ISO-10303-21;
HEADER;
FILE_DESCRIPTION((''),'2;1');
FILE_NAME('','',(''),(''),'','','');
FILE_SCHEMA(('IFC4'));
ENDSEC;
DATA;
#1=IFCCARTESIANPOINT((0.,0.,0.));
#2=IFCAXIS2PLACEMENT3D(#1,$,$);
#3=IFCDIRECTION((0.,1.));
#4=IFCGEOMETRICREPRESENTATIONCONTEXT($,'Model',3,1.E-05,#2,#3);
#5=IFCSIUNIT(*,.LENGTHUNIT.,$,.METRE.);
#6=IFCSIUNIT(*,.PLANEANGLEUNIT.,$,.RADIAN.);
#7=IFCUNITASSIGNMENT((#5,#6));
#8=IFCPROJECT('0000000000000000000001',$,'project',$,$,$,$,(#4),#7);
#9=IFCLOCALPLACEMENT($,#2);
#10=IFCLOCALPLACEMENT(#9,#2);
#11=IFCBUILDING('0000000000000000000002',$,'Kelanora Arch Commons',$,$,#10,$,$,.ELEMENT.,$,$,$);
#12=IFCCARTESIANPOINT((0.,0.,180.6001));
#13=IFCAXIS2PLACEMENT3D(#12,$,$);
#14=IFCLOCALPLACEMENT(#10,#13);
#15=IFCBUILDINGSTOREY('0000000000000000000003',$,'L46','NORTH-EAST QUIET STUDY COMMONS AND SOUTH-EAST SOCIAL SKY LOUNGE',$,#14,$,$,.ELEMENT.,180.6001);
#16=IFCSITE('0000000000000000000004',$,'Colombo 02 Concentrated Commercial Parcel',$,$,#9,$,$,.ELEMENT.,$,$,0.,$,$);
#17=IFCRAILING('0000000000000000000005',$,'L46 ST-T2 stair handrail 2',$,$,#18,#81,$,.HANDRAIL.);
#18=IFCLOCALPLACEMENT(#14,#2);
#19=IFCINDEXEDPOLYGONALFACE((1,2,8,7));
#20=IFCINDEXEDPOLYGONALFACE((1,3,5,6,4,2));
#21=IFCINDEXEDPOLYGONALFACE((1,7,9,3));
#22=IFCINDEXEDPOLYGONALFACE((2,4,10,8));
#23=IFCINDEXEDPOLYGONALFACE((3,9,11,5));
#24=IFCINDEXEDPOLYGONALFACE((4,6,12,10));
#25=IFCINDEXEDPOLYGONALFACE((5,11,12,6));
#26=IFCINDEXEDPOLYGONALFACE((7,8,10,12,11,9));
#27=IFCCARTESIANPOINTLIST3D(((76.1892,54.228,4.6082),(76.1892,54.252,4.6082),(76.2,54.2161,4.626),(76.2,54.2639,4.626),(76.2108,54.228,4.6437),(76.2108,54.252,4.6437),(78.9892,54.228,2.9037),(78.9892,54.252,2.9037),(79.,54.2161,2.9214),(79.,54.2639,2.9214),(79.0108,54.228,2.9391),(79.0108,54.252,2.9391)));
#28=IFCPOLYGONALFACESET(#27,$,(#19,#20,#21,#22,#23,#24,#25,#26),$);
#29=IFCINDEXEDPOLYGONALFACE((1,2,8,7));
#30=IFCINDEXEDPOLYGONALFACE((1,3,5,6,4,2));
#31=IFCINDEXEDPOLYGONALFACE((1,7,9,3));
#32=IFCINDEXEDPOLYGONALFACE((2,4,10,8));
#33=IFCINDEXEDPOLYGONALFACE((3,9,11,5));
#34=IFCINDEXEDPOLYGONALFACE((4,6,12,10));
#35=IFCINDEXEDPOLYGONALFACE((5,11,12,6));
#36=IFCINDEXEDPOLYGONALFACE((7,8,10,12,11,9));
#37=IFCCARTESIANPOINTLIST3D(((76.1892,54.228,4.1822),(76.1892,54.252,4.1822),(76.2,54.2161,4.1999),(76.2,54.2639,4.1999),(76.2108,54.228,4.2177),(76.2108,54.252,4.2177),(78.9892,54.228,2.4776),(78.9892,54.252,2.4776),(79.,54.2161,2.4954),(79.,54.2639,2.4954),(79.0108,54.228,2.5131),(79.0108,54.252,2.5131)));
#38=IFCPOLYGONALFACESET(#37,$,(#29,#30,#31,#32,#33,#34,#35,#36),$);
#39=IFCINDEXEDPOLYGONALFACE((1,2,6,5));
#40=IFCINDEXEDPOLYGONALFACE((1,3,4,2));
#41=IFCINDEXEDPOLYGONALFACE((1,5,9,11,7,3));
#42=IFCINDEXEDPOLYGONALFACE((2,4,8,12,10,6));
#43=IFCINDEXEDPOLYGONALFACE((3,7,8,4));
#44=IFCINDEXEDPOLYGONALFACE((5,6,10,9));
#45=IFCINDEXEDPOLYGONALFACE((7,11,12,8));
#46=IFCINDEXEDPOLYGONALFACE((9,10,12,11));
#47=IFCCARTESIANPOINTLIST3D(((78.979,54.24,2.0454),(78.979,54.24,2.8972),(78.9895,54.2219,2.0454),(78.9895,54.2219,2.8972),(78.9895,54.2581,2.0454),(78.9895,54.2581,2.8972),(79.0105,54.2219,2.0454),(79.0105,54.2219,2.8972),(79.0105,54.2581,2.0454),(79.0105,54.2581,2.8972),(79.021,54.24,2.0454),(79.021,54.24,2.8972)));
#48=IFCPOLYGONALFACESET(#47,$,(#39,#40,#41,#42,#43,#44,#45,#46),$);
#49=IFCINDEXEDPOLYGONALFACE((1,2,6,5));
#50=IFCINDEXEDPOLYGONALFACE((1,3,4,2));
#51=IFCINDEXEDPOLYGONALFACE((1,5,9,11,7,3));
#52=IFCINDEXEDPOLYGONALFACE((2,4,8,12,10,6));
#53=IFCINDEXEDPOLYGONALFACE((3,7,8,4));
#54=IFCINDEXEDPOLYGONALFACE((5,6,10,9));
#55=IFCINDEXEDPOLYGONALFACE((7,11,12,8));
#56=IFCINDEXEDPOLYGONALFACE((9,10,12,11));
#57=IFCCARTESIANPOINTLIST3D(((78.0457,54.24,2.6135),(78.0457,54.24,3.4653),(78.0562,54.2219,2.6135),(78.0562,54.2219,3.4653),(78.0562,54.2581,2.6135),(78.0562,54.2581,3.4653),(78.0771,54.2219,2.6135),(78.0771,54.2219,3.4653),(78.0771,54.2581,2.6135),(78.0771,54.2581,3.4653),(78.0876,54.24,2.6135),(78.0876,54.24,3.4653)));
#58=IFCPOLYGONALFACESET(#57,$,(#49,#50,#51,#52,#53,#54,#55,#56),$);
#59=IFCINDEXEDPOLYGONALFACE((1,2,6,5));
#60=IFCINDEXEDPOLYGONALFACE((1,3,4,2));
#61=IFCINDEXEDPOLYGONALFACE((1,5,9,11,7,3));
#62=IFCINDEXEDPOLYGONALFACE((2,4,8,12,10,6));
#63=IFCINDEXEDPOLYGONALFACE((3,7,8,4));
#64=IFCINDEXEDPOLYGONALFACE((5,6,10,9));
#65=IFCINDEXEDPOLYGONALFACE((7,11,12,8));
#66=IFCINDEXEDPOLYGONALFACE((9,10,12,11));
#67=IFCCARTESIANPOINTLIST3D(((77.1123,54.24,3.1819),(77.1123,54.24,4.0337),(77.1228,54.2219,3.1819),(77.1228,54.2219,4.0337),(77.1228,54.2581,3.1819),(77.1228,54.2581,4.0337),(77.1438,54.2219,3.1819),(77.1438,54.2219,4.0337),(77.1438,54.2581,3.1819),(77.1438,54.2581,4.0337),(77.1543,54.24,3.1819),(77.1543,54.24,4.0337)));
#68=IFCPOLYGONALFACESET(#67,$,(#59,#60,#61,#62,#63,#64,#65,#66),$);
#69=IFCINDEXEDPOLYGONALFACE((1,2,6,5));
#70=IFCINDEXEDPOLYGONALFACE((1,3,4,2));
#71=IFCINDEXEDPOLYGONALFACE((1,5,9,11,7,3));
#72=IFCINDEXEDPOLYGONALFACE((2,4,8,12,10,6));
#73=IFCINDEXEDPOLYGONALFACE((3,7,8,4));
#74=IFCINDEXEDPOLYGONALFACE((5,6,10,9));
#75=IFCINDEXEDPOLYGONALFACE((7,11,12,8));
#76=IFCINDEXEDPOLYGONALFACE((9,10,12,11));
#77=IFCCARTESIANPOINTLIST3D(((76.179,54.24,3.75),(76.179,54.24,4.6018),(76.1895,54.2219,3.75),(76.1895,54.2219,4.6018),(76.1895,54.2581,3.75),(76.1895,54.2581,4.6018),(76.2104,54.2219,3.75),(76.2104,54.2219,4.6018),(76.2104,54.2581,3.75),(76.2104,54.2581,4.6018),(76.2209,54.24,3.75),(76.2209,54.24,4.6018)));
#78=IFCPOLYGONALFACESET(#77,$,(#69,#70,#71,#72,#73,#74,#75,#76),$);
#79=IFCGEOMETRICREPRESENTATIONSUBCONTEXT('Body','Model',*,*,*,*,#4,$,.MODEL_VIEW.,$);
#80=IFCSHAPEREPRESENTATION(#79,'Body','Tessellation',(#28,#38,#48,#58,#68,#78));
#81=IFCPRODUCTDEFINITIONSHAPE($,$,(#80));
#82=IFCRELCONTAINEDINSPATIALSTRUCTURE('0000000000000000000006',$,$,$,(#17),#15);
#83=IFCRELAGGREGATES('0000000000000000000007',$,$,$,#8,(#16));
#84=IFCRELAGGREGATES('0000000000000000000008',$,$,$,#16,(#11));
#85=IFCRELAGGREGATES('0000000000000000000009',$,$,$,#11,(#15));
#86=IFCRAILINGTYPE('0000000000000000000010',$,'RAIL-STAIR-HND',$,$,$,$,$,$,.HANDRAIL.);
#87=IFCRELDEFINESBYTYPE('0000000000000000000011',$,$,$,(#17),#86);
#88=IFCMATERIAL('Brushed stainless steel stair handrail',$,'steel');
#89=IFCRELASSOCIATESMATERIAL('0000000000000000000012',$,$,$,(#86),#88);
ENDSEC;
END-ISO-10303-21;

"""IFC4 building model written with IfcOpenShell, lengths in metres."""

from ifc_helpers import new_model, si_unit, direction, frame, origin, place, context, subcontext, project, spatial, polyline, outline, extrude, material, type_object, element, save


model = new_model("IFC4")

# Units and contexts
model_context = context("Model", 3, precision=1e-05, world=origin(), true_north=direction((0.0, 1.0)))
body_context = subcontext(model_context, "Body", "Model", "MODEL_VIEW")
ifc_project = project(units=[si_unit("LENGTHUNIT", "METRE"), si_unit("PLANEANGLEUNIT", "RADIAN")], contexts=[model_context])

# Site, building, storey
site_placement = place(None, origin())
site = spatial("IfcSite", under=ifc_project, at=site_placement, Name="Colombo 02 Concentrated Commercial Parcel", CompositionType="ELEMENT", RefElevation=0.0)
building_placement = place(site_placement, origin())
building = spatial("IfcBuilding", under=site, at=building_placement, Name="Kelanora Arch Commons", CompositionType="ELEMENT")
storey_placement = place(building_placement, frame((0.0, 0.0, 180.6001)))
storey = spatial("IfcBuildingStorey", under=building, at=storey_placement, Name="L46", Description="NORTH-EAST QUIET STUDY COMMONS AND SOUTH-EAST SOCIAL SKY LOUNGE", CompositionType="ELEMENT", Elevation=180.6001)

# Railing
ifc_material_1 = material(Name="Brushed stainless steel stair handrail", Category="steel")
railing_type_1 = type_object("IfcRailingType", Name="RAIL-STAIR-HND", PredefinedType="HANDRAIL", material=ifc_material_1)
railing_1_placement = place(storey_placement, frame((79.0, 54.24, 2.0454)))
element("IfcRailing", 1, at=railing_1_placement, inside=storey, type_object=railing_type_1, Name="L46 ST-T2 stair handrail 2", PredefinedType="HANDRAIL", context=body_context, shape_type="SweptSolid", body=[
    extrude(outline(polyline([(0.0239, 0.0), (0.012, 0.0208), (-0.012, 0.0208), (-0.0239, 0.0), (-0.012, -0.0208), (0.012, -0.0208), (0.0239, 0.0)])), frame((0.0, 0.0, 0.876), z_axis=(-0.85417, 0.0, 0.519994), x_axis=(0.0, -1.0, 0.0)), (0.0, 0.0, 1.0), 3.2781),
    extrude(outline(polyline([(0.0239, 0.0), (0.012, 0.0208), (-0.012, 0.0208), (-0.0239, 0.0), (-0.012, -0.0208), (0.012, -0.0208), (0.0239, 0.0)])), frame((0.0, 0.0, 0.45), z_axis=(-0.85417, 0.0, 0.519994), x_axis=(0.0, -1.0, 0.0)), (0.0, 0.0, 1.0), 3.2781),
    extrude(outline(polyline([(0.021, 0.0), (0.0105, 0.0181), (-0.0105, 0.0181), (-0.021, 0.0), (-0.0105, -0.0181), (0.0105, -0.0181), (0.021, 0.0)])), origin(), (0.0, 0.0, 1.0), 0.8518),
    extrude(outline(polyline([(0.021, 0.0), (0.0105, 0.0181), (-0.0105, 0.0181), (-0.021, 0.0), (-0.0105, -0.0181), (0.0105, -0.0181), (0.021, 0.0)])), frame((-0.9333, 0.0, 0.5681)), (0.0, 0.0, 1.0), 0.8518),
    extrude(outline(polyline([(0.021, 0.0), (0.0105, 0.0181), (-0.0105, 0.0181), (-0.021, 0.0), (-0.0105, -0.0181), (0.0105, -0.0181), (0.021, 0.0)])), frame((-1.8667, 0.0, 1.1365)), (0.0, 0.0, 1.0), 0.8518),
    extrude(outline(polyline([(0.021, 0.0), (0.0105, 0.0181), (-0.0105, 0.0181), (-0.021, 0.0), (-0.0105, -0.0181), (0.0105, -0.0181), (0.021, 0.0)])), frame((-2.8, 0.0, 1.7046)), (0.0, 0.0, 1.0), 0.8518),
])

save(model, "model.ifc")
